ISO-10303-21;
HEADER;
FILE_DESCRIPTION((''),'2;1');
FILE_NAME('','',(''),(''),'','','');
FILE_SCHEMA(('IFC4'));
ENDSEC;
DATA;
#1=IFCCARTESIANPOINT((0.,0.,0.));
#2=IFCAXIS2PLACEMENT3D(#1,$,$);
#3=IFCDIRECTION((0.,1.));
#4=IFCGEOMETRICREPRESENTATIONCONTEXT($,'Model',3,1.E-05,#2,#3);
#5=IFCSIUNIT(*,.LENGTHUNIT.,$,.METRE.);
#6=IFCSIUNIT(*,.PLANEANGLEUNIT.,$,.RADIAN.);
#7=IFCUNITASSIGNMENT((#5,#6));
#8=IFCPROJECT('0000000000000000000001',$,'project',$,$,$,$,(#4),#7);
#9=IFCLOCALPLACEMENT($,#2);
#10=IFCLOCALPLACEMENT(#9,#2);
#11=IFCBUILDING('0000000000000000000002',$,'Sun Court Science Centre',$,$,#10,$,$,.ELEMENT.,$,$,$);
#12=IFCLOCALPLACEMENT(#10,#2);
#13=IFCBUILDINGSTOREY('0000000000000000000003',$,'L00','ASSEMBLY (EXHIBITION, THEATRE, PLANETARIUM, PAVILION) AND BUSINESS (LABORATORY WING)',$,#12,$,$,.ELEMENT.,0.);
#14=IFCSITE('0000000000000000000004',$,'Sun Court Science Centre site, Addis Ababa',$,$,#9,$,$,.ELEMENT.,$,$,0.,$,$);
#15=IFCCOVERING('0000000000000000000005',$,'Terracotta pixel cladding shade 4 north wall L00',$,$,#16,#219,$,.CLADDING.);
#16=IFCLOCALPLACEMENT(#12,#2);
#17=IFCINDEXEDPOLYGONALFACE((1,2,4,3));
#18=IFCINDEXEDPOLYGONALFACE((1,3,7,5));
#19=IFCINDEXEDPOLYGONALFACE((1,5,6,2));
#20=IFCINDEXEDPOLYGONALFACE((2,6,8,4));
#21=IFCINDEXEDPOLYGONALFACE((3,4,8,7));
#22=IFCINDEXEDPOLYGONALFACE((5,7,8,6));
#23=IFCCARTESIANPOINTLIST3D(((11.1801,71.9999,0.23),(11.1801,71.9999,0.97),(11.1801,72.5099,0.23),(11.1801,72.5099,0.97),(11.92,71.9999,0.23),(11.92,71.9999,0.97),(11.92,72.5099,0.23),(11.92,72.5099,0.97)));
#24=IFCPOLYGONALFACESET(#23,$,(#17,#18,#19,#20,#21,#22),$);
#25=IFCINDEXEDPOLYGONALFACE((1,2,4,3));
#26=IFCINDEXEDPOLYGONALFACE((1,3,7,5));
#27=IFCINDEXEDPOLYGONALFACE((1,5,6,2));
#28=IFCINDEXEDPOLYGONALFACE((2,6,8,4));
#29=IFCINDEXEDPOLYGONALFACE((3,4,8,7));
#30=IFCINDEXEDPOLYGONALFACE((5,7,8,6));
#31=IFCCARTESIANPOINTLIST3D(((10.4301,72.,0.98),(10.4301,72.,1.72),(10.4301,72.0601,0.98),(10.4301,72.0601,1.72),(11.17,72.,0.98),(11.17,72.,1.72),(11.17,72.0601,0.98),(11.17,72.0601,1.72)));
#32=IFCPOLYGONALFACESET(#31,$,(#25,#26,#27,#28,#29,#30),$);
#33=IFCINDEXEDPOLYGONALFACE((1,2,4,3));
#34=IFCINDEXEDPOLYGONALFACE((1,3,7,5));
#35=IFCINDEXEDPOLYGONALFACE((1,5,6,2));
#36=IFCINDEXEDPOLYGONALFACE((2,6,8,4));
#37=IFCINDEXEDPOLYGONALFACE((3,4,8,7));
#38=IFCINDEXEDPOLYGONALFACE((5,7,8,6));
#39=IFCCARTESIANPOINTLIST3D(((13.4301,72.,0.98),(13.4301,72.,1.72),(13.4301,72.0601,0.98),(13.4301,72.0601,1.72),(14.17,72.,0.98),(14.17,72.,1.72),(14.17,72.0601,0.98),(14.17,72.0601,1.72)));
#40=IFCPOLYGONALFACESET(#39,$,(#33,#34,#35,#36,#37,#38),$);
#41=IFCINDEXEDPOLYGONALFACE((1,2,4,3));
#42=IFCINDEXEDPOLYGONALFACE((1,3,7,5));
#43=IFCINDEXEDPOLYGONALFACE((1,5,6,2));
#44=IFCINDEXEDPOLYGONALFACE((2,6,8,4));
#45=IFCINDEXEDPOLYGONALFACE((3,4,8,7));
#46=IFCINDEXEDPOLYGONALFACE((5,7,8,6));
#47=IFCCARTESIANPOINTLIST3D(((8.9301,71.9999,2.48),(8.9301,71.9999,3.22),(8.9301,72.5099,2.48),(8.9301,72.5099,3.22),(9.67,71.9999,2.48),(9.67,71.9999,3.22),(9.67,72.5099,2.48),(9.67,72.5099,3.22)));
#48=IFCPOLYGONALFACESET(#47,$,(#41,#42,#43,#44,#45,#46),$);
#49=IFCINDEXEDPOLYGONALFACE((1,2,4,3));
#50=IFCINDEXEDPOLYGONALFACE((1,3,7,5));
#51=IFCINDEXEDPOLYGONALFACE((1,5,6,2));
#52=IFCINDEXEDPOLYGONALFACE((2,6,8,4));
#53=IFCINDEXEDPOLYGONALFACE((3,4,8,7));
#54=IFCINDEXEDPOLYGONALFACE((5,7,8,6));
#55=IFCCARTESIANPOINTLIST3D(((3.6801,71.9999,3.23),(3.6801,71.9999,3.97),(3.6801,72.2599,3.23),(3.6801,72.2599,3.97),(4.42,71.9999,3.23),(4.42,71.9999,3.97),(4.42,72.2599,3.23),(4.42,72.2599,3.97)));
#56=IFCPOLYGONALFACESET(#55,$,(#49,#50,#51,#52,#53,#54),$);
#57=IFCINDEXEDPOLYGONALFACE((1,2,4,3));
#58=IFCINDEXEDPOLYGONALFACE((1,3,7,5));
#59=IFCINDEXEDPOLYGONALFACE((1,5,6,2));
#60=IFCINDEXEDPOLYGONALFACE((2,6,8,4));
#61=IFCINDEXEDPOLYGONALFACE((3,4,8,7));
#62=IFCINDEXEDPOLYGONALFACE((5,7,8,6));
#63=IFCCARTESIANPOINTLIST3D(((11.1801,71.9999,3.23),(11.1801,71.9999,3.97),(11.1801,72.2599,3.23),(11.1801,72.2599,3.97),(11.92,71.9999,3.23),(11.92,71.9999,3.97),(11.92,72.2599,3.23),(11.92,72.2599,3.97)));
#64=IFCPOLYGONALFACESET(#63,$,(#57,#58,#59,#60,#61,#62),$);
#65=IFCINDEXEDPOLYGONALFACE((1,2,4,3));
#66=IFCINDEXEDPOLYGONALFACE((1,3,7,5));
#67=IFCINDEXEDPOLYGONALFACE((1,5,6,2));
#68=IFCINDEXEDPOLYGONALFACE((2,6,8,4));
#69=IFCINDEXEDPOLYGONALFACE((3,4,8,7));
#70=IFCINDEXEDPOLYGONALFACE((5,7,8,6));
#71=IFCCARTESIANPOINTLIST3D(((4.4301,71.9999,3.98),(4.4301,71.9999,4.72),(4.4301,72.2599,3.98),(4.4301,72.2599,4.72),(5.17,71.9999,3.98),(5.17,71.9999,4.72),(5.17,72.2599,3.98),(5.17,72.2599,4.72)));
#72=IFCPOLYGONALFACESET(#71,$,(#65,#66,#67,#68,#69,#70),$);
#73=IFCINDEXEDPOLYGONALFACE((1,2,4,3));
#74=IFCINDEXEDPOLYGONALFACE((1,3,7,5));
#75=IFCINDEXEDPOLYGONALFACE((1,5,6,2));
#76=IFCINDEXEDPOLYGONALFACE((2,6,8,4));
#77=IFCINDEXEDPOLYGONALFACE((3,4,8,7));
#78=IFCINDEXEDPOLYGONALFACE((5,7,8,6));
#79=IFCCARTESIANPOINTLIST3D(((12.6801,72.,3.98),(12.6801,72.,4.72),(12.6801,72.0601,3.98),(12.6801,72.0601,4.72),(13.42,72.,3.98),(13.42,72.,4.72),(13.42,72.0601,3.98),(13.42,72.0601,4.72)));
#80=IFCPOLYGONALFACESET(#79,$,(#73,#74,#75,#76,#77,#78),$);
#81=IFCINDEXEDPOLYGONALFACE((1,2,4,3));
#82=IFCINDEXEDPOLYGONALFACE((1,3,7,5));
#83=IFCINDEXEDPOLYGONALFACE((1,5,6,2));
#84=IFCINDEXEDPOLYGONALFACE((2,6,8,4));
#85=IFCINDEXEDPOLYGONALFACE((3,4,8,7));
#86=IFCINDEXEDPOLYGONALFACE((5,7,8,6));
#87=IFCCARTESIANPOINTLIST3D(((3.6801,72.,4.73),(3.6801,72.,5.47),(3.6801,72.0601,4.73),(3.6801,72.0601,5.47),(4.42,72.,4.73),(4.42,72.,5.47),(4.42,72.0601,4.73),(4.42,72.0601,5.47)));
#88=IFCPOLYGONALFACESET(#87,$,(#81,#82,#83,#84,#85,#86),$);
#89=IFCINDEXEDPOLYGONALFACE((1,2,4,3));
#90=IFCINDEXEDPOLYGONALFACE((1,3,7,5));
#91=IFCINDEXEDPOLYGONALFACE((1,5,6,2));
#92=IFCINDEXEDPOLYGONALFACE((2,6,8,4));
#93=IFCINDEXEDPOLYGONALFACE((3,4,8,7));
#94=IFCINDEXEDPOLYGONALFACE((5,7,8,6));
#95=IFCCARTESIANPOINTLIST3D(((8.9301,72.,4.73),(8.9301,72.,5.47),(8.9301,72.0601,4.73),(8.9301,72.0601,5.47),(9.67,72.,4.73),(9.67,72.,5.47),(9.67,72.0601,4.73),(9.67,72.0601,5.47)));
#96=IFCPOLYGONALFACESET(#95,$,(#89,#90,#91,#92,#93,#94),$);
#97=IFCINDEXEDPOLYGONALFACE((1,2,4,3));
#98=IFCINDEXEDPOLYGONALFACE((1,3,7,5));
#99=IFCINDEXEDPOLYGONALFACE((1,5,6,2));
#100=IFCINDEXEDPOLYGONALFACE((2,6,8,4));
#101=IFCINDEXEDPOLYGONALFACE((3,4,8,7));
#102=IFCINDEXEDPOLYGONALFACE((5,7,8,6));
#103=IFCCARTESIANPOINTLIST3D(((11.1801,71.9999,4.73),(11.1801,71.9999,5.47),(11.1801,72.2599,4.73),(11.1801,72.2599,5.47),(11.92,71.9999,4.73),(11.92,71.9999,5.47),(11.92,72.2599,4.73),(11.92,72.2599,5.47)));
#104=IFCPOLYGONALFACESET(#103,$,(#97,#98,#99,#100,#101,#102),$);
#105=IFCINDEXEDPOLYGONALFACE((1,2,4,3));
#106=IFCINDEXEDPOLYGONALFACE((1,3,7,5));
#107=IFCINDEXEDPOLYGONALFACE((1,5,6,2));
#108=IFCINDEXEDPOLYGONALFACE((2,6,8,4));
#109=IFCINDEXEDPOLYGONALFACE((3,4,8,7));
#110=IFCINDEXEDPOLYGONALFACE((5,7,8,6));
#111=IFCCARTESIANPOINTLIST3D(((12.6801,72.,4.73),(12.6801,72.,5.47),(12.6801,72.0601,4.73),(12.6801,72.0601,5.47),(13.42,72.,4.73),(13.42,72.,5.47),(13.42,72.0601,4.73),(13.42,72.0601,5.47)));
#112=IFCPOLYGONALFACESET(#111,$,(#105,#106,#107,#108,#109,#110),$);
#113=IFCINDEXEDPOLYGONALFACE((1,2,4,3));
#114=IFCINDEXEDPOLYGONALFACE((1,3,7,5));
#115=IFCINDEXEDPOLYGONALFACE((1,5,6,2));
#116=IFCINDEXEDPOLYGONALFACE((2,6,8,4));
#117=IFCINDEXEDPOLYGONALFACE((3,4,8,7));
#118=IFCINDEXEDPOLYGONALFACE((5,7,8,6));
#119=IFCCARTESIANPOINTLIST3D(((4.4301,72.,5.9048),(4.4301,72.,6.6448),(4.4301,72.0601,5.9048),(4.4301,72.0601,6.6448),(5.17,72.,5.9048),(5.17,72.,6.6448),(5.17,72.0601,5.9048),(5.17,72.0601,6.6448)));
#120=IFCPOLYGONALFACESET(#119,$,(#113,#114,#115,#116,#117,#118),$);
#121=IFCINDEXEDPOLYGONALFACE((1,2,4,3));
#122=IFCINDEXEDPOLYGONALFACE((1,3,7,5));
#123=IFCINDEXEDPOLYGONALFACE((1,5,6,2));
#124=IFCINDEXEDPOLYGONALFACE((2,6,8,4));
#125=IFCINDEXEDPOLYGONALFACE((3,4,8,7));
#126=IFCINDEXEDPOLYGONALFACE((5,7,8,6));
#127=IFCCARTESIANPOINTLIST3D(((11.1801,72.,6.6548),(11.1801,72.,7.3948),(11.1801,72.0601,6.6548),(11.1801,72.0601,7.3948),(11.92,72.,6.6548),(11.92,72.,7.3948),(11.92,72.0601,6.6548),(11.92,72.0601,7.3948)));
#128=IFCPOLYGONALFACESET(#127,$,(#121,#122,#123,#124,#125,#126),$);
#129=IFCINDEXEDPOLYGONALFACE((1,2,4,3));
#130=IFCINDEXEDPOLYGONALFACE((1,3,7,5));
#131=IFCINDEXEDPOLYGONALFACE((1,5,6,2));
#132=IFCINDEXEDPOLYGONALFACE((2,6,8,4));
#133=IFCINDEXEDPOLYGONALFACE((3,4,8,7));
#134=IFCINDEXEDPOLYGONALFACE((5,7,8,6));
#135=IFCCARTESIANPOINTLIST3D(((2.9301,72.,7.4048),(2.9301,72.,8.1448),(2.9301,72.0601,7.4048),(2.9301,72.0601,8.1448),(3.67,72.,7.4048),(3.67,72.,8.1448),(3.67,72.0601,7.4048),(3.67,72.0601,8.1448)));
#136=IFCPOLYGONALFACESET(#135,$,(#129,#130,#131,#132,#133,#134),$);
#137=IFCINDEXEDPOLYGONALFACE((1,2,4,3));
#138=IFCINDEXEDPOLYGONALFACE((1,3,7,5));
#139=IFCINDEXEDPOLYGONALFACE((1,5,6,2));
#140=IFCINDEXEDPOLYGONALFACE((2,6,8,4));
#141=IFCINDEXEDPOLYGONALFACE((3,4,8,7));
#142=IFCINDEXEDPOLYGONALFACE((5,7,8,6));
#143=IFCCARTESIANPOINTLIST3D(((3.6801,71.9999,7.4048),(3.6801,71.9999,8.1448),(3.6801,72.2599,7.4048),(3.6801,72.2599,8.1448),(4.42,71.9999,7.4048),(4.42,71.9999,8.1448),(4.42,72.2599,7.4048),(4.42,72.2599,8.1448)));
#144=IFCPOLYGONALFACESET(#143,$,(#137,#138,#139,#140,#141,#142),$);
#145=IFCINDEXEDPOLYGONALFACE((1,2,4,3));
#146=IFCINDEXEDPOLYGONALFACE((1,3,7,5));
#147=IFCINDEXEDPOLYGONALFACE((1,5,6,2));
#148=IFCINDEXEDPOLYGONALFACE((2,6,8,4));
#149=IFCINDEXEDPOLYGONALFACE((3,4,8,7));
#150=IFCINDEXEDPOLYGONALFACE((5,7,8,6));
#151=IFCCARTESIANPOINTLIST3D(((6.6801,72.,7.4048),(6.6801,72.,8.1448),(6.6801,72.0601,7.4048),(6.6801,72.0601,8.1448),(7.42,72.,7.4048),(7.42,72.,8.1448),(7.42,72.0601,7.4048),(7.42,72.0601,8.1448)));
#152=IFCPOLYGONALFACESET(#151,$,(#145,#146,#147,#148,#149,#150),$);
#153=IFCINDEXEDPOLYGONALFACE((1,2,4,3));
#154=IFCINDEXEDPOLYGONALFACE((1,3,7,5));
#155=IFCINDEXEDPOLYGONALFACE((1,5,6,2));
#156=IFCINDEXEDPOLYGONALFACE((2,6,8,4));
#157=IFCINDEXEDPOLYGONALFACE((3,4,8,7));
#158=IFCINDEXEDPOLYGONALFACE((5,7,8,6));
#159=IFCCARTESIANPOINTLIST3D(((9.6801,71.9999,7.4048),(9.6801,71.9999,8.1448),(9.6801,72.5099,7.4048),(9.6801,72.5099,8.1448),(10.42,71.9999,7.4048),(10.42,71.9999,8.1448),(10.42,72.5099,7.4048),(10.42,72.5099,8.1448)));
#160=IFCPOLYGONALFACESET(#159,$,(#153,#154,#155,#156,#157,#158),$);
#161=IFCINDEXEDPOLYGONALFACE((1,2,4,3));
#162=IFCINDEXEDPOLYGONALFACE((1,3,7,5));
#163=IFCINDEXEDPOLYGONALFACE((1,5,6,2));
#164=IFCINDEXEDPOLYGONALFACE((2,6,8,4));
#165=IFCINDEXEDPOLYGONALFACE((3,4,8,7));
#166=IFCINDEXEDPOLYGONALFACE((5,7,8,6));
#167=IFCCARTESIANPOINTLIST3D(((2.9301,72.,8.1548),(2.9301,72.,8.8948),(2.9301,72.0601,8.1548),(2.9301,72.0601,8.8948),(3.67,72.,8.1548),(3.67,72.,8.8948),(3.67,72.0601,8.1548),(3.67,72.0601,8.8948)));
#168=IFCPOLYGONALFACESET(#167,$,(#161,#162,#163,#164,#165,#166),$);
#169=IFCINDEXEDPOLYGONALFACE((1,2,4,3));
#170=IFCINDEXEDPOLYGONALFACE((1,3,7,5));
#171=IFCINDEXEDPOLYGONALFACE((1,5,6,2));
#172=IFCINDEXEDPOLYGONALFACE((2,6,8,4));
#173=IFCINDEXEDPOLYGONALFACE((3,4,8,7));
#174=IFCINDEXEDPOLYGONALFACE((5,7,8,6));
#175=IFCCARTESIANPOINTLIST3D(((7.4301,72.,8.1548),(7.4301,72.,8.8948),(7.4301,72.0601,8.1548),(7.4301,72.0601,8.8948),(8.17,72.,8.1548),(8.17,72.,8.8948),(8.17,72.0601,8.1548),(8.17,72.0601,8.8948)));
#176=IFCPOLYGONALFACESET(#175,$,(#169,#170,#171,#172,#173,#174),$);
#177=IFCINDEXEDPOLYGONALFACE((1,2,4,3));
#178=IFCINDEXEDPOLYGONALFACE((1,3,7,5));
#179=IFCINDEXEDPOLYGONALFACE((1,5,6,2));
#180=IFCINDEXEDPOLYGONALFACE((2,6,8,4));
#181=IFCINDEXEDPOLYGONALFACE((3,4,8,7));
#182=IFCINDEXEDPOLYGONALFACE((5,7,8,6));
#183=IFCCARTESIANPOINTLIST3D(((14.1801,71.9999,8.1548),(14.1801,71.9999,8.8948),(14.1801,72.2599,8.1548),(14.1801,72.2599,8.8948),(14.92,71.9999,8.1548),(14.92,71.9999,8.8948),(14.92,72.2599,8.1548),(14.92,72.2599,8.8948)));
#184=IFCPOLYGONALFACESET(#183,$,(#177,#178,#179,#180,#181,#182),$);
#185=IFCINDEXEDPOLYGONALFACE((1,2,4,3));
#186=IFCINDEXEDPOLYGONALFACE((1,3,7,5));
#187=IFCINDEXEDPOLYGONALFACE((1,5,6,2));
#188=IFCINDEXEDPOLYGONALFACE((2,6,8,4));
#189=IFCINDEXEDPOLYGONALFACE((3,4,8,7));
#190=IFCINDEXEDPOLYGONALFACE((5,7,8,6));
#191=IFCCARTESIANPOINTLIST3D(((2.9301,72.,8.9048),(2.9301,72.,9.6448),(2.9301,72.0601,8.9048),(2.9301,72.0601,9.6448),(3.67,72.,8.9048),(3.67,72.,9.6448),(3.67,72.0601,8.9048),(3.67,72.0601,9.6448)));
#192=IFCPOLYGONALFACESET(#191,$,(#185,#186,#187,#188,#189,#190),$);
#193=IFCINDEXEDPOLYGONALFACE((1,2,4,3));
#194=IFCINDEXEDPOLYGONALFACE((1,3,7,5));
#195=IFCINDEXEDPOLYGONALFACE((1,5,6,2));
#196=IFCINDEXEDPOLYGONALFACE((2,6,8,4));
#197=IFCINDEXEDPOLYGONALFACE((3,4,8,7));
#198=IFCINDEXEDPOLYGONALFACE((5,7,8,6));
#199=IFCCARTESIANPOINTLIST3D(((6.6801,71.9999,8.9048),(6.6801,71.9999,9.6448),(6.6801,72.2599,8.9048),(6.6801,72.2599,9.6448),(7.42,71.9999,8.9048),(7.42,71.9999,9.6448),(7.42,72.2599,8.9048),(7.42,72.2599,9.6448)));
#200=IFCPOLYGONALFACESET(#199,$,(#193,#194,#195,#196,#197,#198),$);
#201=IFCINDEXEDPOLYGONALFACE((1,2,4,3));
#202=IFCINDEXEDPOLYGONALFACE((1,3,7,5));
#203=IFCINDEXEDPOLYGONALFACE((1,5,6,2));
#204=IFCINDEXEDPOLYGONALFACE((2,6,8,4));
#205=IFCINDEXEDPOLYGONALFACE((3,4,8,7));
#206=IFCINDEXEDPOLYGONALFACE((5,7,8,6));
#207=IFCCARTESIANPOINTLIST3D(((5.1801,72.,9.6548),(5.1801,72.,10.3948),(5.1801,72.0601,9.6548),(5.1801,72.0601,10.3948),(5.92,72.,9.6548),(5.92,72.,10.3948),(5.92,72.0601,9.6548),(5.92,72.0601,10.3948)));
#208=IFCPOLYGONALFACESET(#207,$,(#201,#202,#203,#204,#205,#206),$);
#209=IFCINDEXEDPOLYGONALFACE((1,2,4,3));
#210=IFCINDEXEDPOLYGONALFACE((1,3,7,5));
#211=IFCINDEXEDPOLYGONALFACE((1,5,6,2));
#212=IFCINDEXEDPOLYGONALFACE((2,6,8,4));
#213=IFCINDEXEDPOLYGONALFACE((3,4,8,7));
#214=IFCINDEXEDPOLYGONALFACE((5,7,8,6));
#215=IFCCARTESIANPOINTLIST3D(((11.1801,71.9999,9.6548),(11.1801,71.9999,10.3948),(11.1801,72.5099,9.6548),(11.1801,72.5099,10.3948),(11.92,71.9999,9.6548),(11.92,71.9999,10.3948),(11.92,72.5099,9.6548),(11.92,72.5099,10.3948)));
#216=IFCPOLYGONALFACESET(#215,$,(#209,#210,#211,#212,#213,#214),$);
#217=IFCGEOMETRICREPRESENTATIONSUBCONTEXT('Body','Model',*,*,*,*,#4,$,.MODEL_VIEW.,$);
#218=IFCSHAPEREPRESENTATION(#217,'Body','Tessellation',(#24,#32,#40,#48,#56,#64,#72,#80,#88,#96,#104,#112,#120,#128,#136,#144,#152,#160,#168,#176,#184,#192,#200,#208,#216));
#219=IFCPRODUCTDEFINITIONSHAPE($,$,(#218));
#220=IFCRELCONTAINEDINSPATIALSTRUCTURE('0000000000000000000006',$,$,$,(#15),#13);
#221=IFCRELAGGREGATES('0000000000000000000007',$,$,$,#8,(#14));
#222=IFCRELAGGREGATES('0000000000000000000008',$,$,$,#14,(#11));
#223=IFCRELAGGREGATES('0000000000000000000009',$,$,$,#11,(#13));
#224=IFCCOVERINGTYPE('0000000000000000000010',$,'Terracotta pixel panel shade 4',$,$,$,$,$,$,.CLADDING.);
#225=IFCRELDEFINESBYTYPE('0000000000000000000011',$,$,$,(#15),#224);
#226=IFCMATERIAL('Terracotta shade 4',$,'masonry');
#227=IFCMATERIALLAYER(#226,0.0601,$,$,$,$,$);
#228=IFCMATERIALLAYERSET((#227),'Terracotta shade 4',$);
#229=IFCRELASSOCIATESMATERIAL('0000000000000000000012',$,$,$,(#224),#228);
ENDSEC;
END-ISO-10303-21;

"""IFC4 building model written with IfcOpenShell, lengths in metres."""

from ifc_helpers import new_model, si_unit, direction, frame, origin, origin_2d, place, context, subcontext, project, spatial, rectangle, extrude, material, layer, layer_set, type_object, element, save


model = new_model("IFC4")

# Units and contexts
model_context = context("Model", 3, precision=1e-05, world=origin(), true_north=direction((0.0, 1.0)))
body_context = subcontext(model_context, "Body", "Model", "MODEL_VIEW")
ifc_project = project(units=[si_unit("LENGTHUNIT", "METRE"), si_unit("PLANEANGLEUNIT", "RADIAN")], contexts=[model_context])

# Site, building, storey
site_placement = place(None, origin())
site = spatial("IfcSite", under=ifc_project, at=site_placement, Name="Sun Court Science Centre site, Addis Ababa", CompositionType="ELEMENT", RefElevation=0.0)
building_placement = place(site_placement, origin())
building = spatial("IfcBuilding", under=site, at=building_placement, Name="Sun Court Science Centre", CompositionType="ELEMENT")
storey_placement = place(building_placement, origin())
storey = spatial("IfcBuildingStorey", under=building, at=storey_placement, Name="L00", Description="ASSEMBLY (EXHIBITION, THEATRE, PLANETARIUM, PAVILION) AND BUSINESS (LABORATORY WING)", CompositionType="ELEMENT", Elevation=0.0)

# Covering
ifc_material_1 = material(Name="Terracotta shade 4", Category="masonry")
ifc_layer_1 = layer(ifc_material_1, 0.0601)
ifc_layer_set_1 = layer_set([ifc_layer_1], Name="Terracotta shade 4")
covering_type_1 = type_object("IfcCoveringType", Name="Terracotta pixel panel shade 4", PredefinedType="CLADDING", material=ifc_layer_set_1)
covering_1_placement = place(storey_placement, origin())
element("IfcCovering", 1, at=covering_1_placement, inside=storey, type_object=covering_type_1, Name="Terracotta pixel cladding shade 4 north wall L00", PredefinedType="CLADDING", context=body_context, shape_type="SweptSolid", body=[
    extrude(rectangle(XDim=0.74, YDim=0.51, at=origin_2d()), frame((11.55, 72.2549, 0.23), z_axis=(0.0, 0.0, 1.0), x_axis=(1.0, 0.0, 0.0)), (0.0, 0.0, 1.0), 0.74),
    extrude(rectangle(XDim=0.74, YDim=0.0601, at=origin_2d()), frame((10.8, 72.03, 0.98), z_axis=(0.0, 0.0, 1.0), x_axis=(1.0, 0.0, 0.0)), (0.0, 0.0, 1.0), 0.74),
    extrude(rectangle(XDim=0.74, YDim=0.0601, at=origin_2d()), frame((13.8, 72.03, 0.98), z_axis=(0.0, 0.0, 1.0), x_axis=(1.0, 0.0, 0.0)), (0.0, 0.0, 1.0), 0.74),
    extrude(rectangle(XDim=0.74, YDim=0.51, at=origin_2d()), frame((9.3, 72.2549, 2.48), z_axis=(0.0, 0.0, 1.0), x_axis=(1.0, 0.0, 0.0)), (0.0, 0.0, 1.0), 0.74),
    extrude(rectangle(XDim=0.74, YDim=0.26, at=origin_2d()), frame((4.05, 72.1299, 3.23), z_axis=(0.0, 0.0, 1.0), x_axis=(1.0, 0.0, 0.0)), (0.0, 0.0, 1.0), 0.74),
    extrude(rectangle(XDim=0.74, YDim=0.26, at=origin_2d()), frame((11.55, 72.1299, 3.23), z_axis=(0.0, 0.0, 1.0), x_axis=(1.0, 0.0, 0.0)), (0.0, 0.0, 1.0), 0.74),
    extrude(rectangle(XDim=0.74, YDim=0.26, at=origin_2d()), frame((4.8, 72.1299, 3.98), z_axis=(0.0, 0.0, 1.0), x_axis=(1.0, 0.0, 0.0)), (0.0, 0.0, 1.0), 0.74),
    extrude(rectangle(XDim=0.74, YDim=0.0601, at=origin_2d()), frame((13.05, 72.03, 3.98), z_axis=(0.0, 0.0, 1.0), x_axis=(1.0, 0.0, 0.0)), (0.0, 0.0, 1.0), 0.74),
    extrude(rectangle(XDim=0.74, YDim=0.0601, at=origin_2d()), frame((4.05, 72.03, 4.73), z_axis=(0.0, 0.0, 1.0), x_axis=(1.0, 0.0, 0.0)), (0.0, 0.0, 1.0), 0.74),
    extrude(rectangle(XDim=0.74, YDim=0.0601, at=origin_2d()), frame((9.3, 72.03, 4.73), z_axis=(0.0, 0.0, 1.0), x_axis=(1.0, 0.0, 0.0)), (0.0, 0.0, 1.0), 0.74),
    extrude(rectangle(XDim=0.74, YDim=0.26, at=origin_2d()), frame((11.55, 72.1299, 4.73), z_axis=(0.0, 0.0, 1.0), x_axis=(1.0, 0.0, 0.0)), (0.0, 0.0, 1.0), 0.74),
    extrude(rectangle(XDim=0.74, YDim=0.0601, at=origin_2d()), frame((13.05, 72.03, 4.73), z_axis=(0.0, 0.0, 1.0), x_axis=(1.0, 0.0, 0.0)), (0.0, 0.0, 1.0), 0.74),
    extrude(rectangle(XDim=0.74, YDim=0.0601, at=origin_2d()), frame((4.8, 72.03, 5.9048), z_axis=(0.0, 0.0, 1.0), x_axis=(1.0, 0.0, 0.0)), (0.0, 0.0, 1.0), 0.74),
    extrude(rectangle(XDim=0.74, YDim=0.0601, at=origin_2d()), frame((11.55, 72.03, 6.6548), z_axis=(0.0, 0.0, 1.0), x_axis=(1.0, 0.0, 0.0)), (0.0, 0.0, 1.0), 0.74),
    extrude(rectangle(XDim=0.74, YDim=0.0601, at=origin_2d()), frame((3.3, 72.03, 7.4048), z_axis=(0.0, 0.0, 1.0), x_axis=(1.0, 0.0, 0.0)), (0.0, 0.0, 1.0), 0.74),
    extrude(rectangle(XDim=0.74, YDim=0.26, at=origin_2d()), frame((4.05, 72.1299, 7.4048), z_axis=(0.0, 0.0, 1.0), x_axis=(1.0, 0.0, 0.0)), (0.0, 0.0, 1.0), 0.74),
    extrude(rectangle(XDim=0.74, YDim=0.0601, at=origin_2d()), frame((7.05, 72.03, 7.4048), z_axis=(0.0, 0.0, 1.0), x_axis=(1.0, 0.0, 0.0)), (0.0, 0.0, 1.0), 0.74),
    extrude(rectangle(XDim=0.74, YDim=0.51, at=origin_2d()), frame((10.05, 72.2549, 7.4048), z_axis=(0.0, 0.0, 1.0), x_axis=(1.0, 0.0, 0.0)), (0.0, 0.0, 1.0), 0.74),
    extrude(rectangle(XDim=0.74, YDim=0.0601, at=origin_2d()), frame((3.3, 72.03, 8.1548), z_axis=(0.0, 0.0, 1.0), x_axis=(1.0, 0.0, 0.0)), (0.0, 0.0, 1.0), 0.74),
    extrude(rectangle(XDim=0.74, YDim=0.0601, at=origin_2d()), frame((7.8, 72.03, 8.1548), z_axis=(0.0, 0.0, 1.0), x_axis=(1.0, 0.0, 0.0)), (0.0, 0.0, 1.0), 0.74),
    extrude(rectangle(XDim=0.74, YDim=0.26, at=origin_2d()), frame((14.55, 72.1299, 8.1548), z_axis=(0.0, 0.0, 1.0), x_axis=(1.0, 0.0, 0.0)), (0.0, 0.0, 1.0), 0.74),
    extrude(rectangle(XDim=0.74, YDim=0.0601, at=origin_2d()), frame((3.3, 72.03, 8.9048), z_axis=(0.0, 0.0, 1.0), x_axis=(1.0, 0.0, 0.0)), (0.0, 0.0, 1.0), 0.74),
    extrude(rectangle(XDim=0.74, YDim=0.26, at=origin_2d()), frame((7.05, 72.1299, 8.9048), z_axis=(0.0, 0.0, 1.0), x_axis=(1.0, 0.0, 0.0)), (0.0, 0.0, 1.0), 0.74),
    extrude(rectangle(XDim=0.74, YDim=0.0601, at=origin_2d()), frame((5.55, 72.03, 9.6548), z_axis=(0.0, 0.0, 1.0), x_axis=(1.0, 0.0, 0.0)), (0.0, 0.0, 1.0), 0.74),
    extrude(rectangle(XDim=0.74, YDim=0.51, at=origin_2d()), frame((11.55, 72.2549, 9.6548), z_axis=(0.0, 0.0, 1.0), x_axis=(1.0, 0.0, 0.0)), (0.0, 0.0, 1.0), 0.74),
])

save(model, "model.ifc")
